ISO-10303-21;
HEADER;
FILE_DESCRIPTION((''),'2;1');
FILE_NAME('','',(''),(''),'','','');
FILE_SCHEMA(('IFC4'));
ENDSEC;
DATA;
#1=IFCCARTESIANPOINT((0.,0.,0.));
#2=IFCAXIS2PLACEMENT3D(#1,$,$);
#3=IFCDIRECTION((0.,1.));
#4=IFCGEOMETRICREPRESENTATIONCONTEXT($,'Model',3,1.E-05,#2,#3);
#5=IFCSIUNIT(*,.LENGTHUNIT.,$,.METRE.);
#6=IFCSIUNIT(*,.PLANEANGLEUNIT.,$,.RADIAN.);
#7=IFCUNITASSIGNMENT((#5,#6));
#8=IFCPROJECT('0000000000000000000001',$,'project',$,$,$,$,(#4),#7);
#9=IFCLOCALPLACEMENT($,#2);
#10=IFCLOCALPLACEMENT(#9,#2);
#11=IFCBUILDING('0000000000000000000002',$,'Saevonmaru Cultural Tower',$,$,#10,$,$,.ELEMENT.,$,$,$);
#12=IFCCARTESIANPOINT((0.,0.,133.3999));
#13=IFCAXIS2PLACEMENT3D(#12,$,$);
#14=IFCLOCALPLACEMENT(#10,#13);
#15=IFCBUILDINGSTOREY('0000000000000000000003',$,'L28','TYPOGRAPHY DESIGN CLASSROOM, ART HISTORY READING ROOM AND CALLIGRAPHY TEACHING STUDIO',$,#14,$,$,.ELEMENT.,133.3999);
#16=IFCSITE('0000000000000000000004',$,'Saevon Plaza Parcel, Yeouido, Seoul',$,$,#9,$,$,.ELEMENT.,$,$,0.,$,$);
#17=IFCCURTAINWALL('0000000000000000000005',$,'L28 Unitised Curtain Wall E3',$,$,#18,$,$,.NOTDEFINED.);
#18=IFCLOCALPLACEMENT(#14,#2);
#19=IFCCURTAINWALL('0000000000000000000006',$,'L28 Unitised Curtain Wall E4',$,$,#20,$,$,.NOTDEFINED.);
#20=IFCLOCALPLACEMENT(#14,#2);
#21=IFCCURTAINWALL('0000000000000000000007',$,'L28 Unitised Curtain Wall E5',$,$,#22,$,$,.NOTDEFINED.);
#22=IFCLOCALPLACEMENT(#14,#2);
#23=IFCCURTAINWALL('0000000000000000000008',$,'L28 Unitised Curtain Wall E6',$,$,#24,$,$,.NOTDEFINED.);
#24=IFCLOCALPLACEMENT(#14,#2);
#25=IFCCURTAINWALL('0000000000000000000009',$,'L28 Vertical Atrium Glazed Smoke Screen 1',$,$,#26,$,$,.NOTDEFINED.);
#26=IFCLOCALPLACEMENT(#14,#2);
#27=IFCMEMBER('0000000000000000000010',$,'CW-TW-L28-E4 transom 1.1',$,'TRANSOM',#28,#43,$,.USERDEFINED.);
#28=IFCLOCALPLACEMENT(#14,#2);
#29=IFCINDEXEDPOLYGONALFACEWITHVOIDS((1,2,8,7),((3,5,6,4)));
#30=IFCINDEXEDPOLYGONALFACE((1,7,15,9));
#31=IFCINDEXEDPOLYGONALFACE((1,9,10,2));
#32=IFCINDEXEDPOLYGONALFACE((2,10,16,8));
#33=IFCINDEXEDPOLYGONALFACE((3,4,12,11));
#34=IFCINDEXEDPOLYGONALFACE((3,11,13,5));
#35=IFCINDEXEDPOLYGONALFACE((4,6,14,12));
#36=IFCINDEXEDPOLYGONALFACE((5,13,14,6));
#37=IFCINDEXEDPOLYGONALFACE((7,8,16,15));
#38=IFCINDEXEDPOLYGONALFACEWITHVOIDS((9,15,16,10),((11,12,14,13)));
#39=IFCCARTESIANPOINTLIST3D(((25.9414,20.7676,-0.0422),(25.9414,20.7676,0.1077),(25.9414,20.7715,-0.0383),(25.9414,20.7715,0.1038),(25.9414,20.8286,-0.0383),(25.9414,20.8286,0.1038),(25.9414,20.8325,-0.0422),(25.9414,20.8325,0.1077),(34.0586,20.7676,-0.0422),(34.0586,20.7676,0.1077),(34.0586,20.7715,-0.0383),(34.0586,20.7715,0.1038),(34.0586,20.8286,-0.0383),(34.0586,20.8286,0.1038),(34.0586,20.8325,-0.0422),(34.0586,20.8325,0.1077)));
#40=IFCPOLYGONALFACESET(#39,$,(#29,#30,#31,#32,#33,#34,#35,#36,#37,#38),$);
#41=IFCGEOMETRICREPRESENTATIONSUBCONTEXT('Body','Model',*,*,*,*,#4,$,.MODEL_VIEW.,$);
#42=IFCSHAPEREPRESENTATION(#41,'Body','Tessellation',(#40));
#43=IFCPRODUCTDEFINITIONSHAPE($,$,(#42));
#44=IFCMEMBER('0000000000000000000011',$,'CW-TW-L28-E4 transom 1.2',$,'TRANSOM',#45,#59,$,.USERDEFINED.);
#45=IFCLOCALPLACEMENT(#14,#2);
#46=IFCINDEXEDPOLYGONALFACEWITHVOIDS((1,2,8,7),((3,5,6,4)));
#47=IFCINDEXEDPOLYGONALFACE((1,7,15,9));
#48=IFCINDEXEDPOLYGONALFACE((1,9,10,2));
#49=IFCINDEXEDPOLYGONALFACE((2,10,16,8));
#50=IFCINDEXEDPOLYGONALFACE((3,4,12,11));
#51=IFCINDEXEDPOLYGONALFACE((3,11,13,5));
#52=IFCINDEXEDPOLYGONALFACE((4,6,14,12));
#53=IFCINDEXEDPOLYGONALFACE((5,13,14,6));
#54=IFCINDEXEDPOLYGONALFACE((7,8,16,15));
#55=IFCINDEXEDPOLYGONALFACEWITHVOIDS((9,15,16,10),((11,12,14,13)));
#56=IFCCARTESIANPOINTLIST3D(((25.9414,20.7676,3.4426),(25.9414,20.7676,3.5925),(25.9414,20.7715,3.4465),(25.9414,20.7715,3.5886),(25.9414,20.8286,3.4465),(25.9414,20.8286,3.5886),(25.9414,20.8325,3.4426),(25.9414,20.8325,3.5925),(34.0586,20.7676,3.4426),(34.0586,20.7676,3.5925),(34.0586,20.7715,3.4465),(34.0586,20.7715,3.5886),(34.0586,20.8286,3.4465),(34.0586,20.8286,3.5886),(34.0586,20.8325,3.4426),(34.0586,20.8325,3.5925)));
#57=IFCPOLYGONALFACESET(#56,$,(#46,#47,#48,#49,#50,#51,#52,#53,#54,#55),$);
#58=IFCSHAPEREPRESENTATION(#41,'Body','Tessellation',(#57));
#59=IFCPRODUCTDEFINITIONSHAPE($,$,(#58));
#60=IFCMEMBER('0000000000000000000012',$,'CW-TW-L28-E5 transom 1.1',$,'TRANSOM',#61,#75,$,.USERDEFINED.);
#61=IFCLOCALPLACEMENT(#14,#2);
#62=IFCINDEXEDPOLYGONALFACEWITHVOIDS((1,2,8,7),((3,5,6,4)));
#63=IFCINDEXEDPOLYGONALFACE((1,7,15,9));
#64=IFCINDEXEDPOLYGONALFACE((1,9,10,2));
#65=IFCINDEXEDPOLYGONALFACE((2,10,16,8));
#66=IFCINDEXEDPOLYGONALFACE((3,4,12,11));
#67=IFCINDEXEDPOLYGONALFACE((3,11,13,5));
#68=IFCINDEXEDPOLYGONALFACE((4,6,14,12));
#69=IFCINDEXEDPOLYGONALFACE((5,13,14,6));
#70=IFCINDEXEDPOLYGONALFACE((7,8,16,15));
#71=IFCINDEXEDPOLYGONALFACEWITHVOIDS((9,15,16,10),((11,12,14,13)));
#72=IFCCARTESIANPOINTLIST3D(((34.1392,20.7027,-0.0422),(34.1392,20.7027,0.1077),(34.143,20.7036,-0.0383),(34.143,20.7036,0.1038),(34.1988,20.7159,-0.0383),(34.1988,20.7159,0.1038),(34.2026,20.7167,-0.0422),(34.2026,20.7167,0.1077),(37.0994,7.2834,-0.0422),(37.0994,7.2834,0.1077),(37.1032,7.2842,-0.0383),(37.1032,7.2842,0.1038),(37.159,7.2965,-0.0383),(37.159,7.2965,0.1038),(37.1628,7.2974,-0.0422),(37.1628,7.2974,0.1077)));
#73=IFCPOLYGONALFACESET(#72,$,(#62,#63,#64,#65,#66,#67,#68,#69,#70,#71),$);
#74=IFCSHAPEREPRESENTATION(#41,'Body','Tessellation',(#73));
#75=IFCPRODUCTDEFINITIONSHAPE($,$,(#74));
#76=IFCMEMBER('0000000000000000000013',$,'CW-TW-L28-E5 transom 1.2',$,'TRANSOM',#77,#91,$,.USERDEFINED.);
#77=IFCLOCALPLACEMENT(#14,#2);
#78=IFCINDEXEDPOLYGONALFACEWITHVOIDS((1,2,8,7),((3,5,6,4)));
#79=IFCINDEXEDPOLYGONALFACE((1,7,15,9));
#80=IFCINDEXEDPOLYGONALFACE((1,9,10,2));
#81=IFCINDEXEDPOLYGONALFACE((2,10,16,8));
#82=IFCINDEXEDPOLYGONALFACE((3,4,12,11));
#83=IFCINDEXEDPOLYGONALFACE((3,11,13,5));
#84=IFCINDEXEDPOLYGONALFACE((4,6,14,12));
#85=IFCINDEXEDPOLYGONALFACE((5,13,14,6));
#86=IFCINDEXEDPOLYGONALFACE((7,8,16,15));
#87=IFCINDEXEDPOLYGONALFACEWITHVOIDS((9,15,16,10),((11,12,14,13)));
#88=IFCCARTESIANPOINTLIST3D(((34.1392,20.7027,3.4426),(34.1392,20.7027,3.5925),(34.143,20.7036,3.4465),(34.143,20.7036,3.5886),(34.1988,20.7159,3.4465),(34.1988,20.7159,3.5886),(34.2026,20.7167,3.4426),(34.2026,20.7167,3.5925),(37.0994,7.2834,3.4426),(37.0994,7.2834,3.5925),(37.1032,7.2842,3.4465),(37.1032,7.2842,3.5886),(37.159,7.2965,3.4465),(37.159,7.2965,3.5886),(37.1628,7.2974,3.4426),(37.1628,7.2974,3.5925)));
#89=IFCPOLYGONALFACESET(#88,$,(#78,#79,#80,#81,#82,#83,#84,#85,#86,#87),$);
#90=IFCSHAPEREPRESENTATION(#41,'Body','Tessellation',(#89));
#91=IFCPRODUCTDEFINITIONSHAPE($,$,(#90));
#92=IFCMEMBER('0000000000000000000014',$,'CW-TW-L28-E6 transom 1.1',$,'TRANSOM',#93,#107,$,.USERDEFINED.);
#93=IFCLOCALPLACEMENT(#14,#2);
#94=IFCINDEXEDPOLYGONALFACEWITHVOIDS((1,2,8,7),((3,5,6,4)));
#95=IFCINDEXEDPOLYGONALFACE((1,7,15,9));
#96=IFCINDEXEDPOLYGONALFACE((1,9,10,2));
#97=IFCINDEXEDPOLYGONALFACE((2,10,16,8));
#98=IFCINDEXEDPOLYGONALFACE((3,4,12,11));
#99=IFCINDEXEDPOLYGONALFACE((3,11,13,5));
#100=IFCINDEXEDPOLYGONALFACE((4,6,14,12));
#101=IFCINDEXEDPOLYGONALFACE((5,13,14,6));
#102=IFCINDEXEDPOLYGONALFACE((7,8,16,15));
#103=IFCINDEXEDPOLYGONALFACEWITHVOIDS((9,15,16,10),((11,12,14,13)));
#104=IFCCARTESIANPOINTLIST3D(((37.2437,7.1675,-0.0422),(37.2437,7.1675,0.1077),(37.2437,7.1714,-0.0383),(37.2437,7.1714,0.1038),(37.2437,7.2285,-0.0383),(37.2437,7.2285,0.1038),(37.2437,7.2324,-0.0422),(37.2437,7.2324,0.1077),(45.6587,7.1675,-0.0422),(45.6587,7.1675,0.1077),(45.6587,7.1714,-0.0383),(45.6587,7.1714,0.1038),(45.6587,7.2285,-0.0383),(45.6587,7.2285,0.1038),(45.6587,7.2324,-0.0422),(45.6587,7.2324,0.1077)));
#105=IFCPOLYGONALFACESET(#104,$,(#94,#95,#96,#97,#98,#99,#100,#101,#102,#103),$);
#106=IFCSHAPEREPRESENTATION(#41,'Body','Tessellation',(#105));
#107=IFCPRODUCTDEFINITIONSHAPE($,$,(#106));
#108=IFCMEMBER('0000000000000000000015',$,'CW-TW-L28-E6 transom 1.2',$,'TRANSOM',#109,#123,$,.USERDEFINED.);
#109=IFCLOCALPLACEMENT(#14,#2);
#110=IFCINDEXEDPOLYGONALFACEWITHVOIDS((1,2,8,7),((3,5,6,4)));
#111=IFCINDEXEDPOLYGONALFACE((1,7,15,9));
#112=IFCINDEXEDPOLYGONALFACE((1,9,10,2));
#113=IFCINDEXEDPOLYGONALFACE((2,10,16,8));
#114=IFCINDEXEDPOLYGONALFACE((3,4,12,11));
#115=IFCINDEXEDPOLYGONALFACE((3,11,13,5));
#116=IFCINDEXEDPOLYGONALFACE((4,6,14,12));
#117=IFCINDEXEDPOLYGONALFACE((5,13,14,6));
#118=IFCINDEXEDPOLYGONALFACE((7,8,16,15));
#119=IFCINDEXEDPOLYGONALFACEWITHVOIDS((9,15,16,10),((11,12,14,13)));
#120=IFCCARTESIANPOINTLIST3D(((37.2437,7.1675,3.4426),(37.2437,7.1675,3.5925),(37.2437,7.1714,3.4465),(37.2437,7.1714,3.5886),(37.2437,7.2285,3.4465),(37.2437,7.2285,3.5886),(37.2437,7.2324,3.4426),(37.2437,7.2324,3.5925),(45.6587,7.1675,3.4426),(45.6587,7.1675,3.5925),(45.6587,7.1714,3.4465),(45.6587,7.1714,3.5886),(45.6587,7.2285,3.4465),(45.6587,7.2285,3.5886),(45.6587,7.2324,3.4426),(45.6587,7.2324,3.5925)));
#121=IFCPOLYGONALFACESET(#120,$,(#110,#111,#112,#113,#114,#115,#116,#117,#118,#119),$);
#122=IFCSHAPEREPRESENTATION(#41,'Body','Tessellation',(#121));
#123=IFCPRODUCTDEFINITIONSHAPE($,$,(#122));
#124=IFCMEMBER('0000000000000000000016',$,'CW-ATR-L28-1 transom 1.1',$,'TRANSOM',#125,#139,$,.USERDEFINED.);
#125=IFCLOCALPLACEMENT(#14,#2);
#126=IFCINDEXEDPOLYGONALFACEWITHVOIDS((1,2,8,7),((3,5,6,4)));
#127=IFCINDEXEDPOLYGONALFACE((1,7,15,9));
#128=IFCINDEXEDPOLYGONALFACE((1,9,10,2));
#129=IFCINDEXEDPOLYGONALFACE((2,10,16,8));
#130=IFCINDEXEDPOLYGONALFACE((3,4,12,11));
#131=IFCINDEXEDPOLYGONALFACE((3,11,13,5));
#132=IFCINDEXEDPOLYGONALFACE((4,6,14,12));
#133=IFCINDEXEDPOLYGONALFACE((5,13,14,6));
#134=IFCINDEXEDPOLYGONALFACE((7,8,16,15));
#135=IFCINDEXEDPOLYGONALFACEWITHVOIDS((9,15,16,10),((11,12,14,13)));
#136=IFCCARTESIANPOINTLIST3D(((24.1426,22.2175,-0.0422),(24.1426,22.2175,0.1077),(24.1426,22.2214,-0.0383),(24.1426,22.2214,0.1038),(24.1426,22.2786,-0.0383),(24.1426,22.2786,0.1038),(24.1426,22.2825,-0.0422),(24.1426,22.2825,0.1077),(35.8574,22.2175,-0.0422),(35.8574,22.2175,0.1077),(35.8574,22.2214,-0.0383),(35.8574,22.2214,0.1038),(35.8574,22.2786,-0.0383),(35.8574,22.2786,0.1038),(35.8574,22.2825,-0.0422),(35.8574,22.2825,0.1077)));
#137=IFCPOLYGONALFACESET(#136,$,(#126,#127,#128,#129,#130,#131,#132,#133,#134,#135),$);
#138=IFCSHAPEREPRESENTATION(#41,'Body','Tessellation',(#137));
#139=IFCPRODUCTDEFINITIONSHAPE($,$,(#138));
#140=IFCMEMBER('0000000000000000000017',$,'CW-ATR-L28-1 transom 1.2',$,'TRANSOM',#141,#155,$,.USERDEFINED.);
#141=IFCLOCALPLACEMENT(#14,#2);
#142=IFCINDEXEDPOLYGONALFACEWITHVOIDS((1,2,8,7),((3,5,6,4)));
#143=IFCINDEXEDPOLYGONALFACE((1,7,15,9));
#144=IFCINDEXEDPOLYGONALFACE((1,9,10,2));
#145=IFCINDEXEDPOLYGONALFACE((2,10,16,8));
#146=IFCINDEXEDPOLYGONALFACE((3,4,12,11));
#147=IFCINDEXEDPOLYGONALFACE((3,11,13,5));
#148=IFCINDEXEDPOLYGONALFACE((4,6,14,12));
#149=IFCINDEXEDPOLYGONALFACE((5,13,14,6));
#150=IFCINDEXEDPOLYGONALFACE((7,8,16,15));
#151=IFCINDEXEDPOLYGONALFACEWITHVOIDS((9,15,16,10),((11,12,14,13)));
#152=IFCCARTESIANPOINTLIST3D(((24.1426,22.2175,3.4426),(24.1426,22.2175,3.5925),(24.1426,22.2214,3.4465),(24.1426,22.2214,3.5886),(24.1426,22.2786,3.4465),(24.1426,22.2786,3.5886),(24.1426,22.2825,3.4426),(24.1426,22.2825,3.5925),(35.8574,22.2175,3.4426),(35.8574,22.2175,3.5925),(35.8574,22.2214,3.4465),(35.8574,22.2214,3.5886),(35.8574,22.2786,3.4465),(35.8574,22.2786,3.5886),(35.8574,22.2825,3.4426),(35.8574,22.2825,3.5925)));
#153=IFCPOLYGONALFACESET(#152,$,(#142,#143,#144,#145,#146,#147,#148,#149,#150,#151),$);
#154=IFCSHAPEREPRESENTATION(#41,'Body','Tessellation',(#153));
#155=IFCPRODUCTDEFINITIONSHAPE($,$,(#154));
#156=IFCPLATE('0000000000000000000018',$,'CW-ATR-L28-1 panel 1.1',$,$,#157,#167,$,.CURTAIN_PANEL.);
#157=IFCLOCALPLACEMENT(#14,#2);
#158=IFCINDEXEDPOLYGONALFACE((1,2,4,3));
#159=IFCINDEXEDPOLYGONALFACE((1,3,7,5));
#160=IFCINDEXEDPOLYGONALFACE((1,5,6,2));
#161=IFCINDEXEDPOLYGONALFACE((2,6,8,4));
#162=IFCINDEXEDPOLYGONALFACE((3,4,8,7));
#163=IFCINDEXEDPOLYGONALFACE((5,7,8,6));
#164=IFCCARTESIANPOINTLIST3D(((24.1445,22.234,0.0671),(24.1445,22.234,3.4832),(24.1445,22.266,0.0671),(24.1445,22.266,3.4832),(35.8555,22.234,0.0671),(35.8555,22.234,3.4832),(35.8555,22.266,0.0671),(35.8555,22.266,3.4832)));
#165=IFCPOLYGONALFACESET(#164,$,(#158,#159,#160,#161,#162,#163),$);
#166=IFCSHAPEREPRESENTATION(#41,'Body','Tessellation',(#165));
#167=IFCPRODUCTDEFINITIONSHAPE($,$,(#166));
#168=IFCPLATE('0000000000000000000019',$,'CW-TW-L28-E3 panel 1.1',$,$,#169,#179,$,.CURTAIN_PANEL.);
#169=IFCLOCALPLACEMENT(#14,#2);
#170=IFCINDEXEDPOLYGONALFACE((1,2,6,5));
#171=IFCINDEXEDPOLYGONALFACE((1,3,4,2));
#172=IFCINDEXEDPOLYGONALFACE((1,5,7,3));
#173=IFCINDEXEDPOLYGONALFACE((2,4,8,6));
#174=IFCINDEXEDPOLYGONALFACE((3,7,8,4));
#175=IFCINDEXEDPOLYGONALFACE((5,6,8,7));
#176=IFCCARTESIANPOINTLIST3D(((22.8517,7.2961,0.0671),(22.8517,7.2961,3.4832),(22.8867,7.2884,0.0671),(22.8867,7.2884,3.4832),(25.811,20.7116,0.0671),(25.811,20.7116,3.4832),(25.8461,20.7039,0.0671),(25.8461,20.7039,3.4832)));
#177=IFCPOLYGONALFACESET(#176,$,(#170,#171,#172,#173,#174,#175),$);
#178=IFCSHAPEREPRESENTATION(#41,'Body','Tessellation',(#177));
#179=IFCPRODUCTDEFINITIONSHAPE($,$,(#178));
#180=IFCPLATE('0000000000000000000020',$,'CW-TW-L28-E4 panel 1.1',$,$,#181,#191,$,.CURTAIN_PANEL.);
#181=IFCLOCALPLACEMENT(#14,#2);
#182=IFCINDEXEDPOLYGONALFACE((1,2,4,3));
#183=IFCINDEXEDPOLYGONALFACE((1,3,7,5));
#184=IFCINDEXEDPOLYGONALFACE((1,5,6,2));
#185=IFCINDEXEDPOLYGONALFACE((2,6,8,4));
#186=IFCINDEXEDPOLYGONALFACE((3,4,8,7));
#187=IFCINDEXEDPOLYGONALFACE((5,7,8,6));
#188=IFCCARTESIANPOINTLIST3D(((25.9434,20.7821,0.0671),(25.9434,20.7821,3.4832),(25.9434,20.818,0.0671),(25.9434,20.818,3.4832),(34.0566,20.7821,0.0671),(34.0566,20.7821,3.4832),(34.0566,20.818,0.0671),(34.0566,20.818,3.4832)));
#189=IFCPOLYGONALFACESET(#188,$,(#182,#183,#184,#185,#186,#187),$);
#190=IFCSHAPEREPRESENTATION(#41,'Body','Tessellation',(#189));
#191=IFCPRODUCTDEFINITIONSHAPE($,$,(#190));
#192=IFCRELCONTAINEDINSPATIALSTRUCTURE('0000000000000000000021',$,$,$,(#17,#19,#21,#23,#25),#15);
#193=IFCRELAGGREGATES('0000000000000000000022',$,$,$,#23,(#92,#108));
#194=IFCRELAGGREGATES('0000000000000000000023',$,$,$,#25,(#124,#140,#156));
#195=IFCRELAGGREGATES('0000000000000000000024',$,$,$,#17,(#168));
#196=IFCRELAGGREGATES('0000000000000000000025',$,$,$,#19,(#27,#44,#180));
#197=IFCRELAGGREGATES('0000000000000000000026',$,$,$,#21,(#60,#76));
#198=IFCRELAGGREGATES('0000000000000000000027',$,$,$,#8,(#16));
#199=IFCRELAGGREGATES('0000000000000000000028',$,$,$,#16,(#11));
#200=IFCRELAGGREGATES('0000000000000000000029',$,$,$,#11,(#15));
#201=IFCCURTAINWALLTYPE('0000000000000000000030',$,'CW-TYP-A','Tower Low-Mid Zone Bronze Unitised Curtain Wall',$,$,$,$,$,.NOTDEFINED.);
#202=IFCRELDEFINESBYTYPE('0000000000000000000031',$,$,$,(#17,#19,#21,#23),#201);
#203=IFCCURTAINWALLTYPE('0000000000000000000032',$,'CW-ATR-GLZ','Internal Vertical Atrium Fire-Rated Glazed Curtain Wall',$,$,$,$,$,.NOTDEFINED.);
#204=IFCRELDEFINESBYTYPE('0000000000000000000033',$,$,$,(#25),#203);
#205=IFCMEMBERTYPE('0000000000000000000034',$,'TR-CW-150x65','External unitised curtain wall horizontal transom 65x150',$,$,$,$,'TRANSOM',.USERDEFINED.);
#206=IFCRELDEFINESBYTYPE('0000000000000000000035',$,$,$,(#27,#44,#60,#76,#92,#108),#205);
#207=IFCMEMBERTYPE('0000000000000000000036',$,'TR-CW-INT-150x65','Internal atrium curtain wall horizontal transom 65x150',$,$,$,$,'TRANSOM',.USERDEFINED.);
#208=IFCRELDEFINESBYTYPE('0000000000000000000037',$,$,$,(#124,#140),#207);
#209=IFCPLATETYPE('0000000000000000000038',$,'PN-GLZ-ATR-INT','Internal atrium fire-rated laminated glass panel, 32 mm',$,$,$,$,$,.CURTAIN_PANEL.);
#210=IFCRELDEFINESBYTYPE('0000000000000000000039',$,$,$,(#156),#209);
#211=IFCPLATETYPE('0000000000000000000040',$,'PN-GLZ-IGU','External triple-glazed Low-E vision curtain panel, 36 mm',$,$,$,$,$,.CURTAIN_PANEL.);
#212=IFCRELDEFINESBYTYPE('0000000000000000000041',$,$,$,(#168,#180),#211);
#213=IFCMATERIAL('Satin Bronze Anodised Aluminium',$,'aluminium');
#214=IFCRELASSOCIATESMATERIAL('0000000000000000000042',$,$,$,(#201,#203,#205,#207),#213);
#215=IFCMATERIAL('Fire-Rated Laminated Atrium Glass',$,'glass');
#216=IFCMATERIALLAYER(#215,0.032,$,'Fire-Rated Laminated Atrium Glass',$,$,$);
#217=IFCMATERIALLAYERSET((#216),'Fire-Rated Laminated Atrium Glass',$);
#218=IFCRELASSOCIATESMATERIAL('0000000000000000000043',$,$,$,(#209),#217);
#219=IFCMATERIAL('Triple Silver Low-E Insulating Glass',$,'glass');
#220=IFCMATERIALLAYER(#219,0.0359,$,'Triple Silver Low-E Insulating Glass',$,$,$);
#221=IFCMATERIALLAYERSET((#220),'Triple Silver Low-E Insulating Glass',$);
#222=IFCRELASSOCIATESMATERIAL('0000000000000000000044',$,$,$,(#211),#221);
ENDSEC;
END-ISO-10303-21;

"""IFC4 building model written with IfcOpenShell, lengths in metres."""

from ifc_helpers import new_model, si_unit, direction, frame, origin, origin_2d, place, context, subcontext, project, spatial, rectangle, hollow_rectangle, extrude, material, layer, layer_set, material_profile, profile_set, type_object, element, aggregate, save


model = new_model("IFC4")

# Units and contexts
model_context = context("Model", 3, precision=1e-05, world=origin(), true_north=direction((0.0, 1.0)))
body_context = subcontext(model_context, "Body", "Model", "MODEL_VIEW")
ifc_project = project(units=[si_unit("LENGTHUNIT", "METRE"), si_unit("PLANEANGLEUNIT", "RADIAN")], contexts=[model_context])

# Site, building, storey
site_placement = place(None, origin())
site = spatial("IfcSite", under=ifc_project, at=site_placement, Name="Saevon Plaza Parcel, Yeouido, Seoul", CompositionType="ELEMENT", RefElevation=0.0)
building_placement = place(site_placement, origin())
building = spatial("IfcBuilding", under=site, at=building_placement, Name="Saevonmaru Cultural Tower", CompositionType="ELEMENT")
storey_placement = place(building_placement, frame((0.0, 0.0, 133.3999)))
storey = spatial("IfcBuildingStorey", under=building, at=storey_placement, Name="L28", Description="TYPOGRAPHY DESIGN CLASSROOM, ART HISTORY READING ROOM AND CALLIGRAPHY TEACHING STUDIO", CompositionType="ELEMENT", Elevation=133.3999)

# Curtain wall
ifc_material_1 = material(Name="Satin Bronze Anodised Aluminium", Category="aluminium")
curtain_wall_type_1 = type_object("IfcCurtainWallType", Name="CW-TYP-A", Description="Tower Low-Mid Zone Bronze Unitised Curtain Wall", PredefinedType="NOTDEFINED", material=ifc_material_1)
curtain_wall_1_placement = place(storey_placement, origin())
curtain_wall_1 = element("IfcCurtainWall", 1, at=curtain_wall_1_placement, inside=storey, type_object=curtain_wall_type_1, Name="L28 Unitised Curtain Wall E3", PredefinedType="NOTDEFINED")

# Curtain walls
curtain_wall_2_placement = place(storey_placement, origin())
curtain_wall_2 = element("IfcCurtainWall", 2, at=curtain_wall_2_placement, inside=storey, type_object=curtain_wall_type_1, Name="L28 Unitised Curtain Wall E4", PredefinedType="NOTDEFINED")
curtain_wall_3_placement = place(storey_placement, origin())
curtain_wall_3 = element("IfcCurtainWall", 3, at=curtain_wall_3_placement, inside=storey, type_object=curtain_wall_type_1, Name="L28 Unitised Curtain Wall E5", PredefinedType="NOTDEFINED")

# Curtain walls
curtain_wall_4_placement = place(storey_placement, origin())
curtain_wall_4 = element("IfcCurtainWall", 4, at=curtain_wall_4_placement, inside=storey, type_object=curtain_wall_type_1, Name="L28 Unitised Curtain Wall E6", PredefinedType="NOTDEFINED")
curtain_wall_type_2 = type_object("IfcCurtainWallType", Name="CW-ATR-GLZ", Description="Internal Vertical Atrium Fire-Rated Glazed Curtain Wall", PredefinedType="NOTDEFINED", material=ifc_material_1)
curtain_wall_5_placement = place(storey_placement, origin())
curtain_wall_5 = element("IfcCurtainWall", 5, at=curtain_wall_5_placement, inside=storey, type_object=curtain_wall_type_2, Name="L28 Vertical Atrium Glazed Smoke Screen 1", PredefinedType="NOTDEFINED")

# Members
ifc_material_profile_1 = material_profile(ifc_material_1, hollow_rectangle(XDim=0.0649, YDim=0.1499, WallThickness=0.0039, at=origin_2d()), Name="ALU-TRAN-150x65x4")
ifc_profile_set_1 = profile_set([ifc_material_profile_1], Name="Satin Bronze Anodised Aluminium")
member_type_1 = type_object("IfcMemberType", Name="TR-CW-150x65", Description="External unitised curtain wall horizontal transom 65x150", ElementType="TRANSOM", PredefinedType="USERDEFINED", material=ifc_profile_set_1)
member_1_placement = place(storey_placement, frame((25.9414, 20.8, 0.0327), z_axis=(1.0, 0.0, 0.0), x_axis=(0.0, 1.0, 0.0)))
member_1 = element("IfcMember", 6, at=member_1_placement, type_object=member_type_1, Name="CW-TW-L28-E4 transom 1.1", ObjectType="TRANSOM", PredefinedType="USERDEFINED", context=body_context, shape_type="SweptSolid", body=[
    extrude(hollow_rectangle(XDim=0.0649, YDim=0.1499, WallThickness=0.0039, at=origin_2d()), origin(), (0.0, 0.0, 1.0), 8.1172),
])
member_2_placement = place(storey_placement, frame((25.9414, 20.8, 3.5176), z_axis=(1.0, 0.0, 0.0), x_axis=(0.0, 1.0, 0.0)))
member_2 = element("IfcMember", 7, at=member_2_placement, type_object=member_type_1, Name="CW-TW-L28-E4 transom 1.2", ObjectType="TRANSOM", PredefinedType="USERDEFINED", context=body_context, shape_type="SweptSolid", body=[
    extrude(hollow_rectangle(XDim=0.0649, YDim=0.1499, WallThickness=0.0039, at=origin_2d()), origin(), (0.0, 0.0, 1.0), 8.1172),
])
member_3_placement = place(storey_placement, frame((34.1709, 20.7097, 0.0327), z_axis=(0.215412, -0.976523, 0.0), x_axis=(0.976523, 0.215412, 0.0)))
member_3 = element("IfcMember", 8, at=member_3_placement, type_object=member_type_1, Name="CW-TW-L28-E5 transom 1.1", ObjectType="TRANSOM", PredefinedType="USERDEFINED", context=body_context, shape_type="SweptSolid", body=[
    extrude(hollow_rectangle(XDim=0.0649, YDim=0.1499, WallThickness=0.0039, at=origin_2d()), origin(), (0.0, 0.0, 1.0), 13.7419),
])
member_4_placement = place(storey_placement, frame((34.1709, 20.7097, 3.5176), z_axis=(0.215412, -0.976523, 0.0), x_axis=(0.976523, 0.215412, 0.0)))
member_4 = element("IfcMember", 9, at=member_4_placement, type_object=member_type_1, Name="CW-TW-L28-E5 transom 1.2", ObjectType="TRANSOM", PredefinedType="USERDEFINED", context=body_context, shape_type="SweptSolid", body=[
    extrude(hollow_rectangle(XDim=0.0649, YDim=0.1499, WallThickness=0.0039, at=origin_2d()), origin(), (0.0, 0.0, 1.0), 13.7419),
])
member_5_placement = place(storey_placement, frame((37.2437, 7.2, 0.0327), z_axis=(1.0, 0.0, 0.0), x_axis=(0.0, 1.0, 0.0)))
member_5 = element("IfcMember", 10, at=member_5_placement, type_object=member_type_1, Name="CW-TW-L28-E6 transom 1.1", ObjectType="TRANSOM", PredefinedType="USERDEFINED", context=body_context, shape_type="SweptSolid", body=[
    extrude(hollow_rectangle(XDim=0.0649, YDim=0.1499, WallThickness=0.0039, at=origin_2d()), origin(), (0.0, 0.0, 1.0), 8.415),
])
member_6_placement = place(storey_placement, frame((37.2437, 7.2, 3.5176), z_axis=(1.0, 0.0, 0.0), x_axis=(0.0, 1.0, 0.0)))
member_6 = element("IfcMember", 11, at=member_6_placement, type_object=member_type_1, Name="CW-TW-L28-E6 transom 1.2", ObjectType="TRANSOM", PredefinedType="USERDEFINED", context=body_context, shape_type="SweptSolid", body=[
    extrude(hollow_rectangle(XDim=0.0649, YDim=0.1499, WallThickness=0.0039, at=origin_2d()), origin(), (0.0, 0.0, 1.0), 8.415),
])
aggregate(curtain_wall_4, [member_5, member_6])
ifc_material_profile_2 = material_profile(ifc_material_1, hollow_rectangle(XDim=0.0649, YDim=0.1499, WallThickness=0.0039, at=origin_2d()), Name="ALU-TRAN-150x65x4")
ifc_profile_set_2 = profile_set([ifc_material_profile_2], Name="Satin Bronze Anodised Aluminium")
member_type_2 = type_object("IfcMemberType", Name="TR-CW-INT-150x65", Description="Internal atrium curtain wall horizontal transom 65x150", ElementType="TRANSOM", PredefinedType="USERDEFINED", material=ifc_profile_set_2)
member_7_placement = place(storey_placement, frame((24.1426, 22.25, 0.0327), z_axis=(1.0, 0.0, 0.0), x_axis=(0.0, 1.0, 0.0)))
member_7 = element("IfcMember", 12, at=member_7_placement, type_object=member_type_2, Name="CW-ATR-L28-1 transom 1.1", ObjectType="TRANSOM", PredefinedType="USERDEFINED", context=body_context, shape_type="SweptSolid", body=[
    extrude(hollow_rectangle(XDim=0.0649, YDim=0.1499, WallThickness=0.0039, at=origin_2d()), origin(), (0.0, 0.0, 1.0), 11.7148),
])
member_8_placement = place(storey_placement, frame((24.1426, 22.25, 3.5176), z_axis=(1.0, 0.0, 0.0), x_axis=(0.0, 1.0, 0.0)))
member_8 = element("IfcMember", 13, at=member_8_placement, type_object=member_type_2, Name="CW-ATR-L28-1 transom 1.2", ObjectType="TRANSOM", PredefinedType="USERDEFINED", context=body_context, shape_type="SweptSolid", body=[
    extrude(hollow_rectangle(XDim=0.0649, YDim=0.1499, WallThickness=0.0039, at=origin_2d()), origin(), (0.0, 0.0, 1.0), 11.7148),
])

# Plates
ifc_material_2 = material(Name="Fire-Rated Laminated Atrium Glass", Category="glass")
ifc_layer_1 = layer(ifc_material_2, 0.032, Name="Fire-Rated Laminated Atrium Glass")
ifc_layer_set_1 = layer_set([ifc_layer_1], Name="Fire-Rated Laminated Atrium Glass")
plate_type_1 = type_object("IfcPlateType", Name="PN-GLZ-ATR-INT", Description="Internal atrium fire-rated laminated glass panel, 32 mm", PredefinedType="CURTAIN_PANEL", material=ifc_layer_set_1)
plate_1_placement = place(storey_placement, frame((30.0, 22.25, 0.0671), z_axis=(0.0, 0.0, 1.0), x_axis=(1.0, 0.0, 0.0)))
plate_1 = element("IfcPlate", 14, at=plate_1_placement, type_object=plate_type_1, Name="CW-ATR-L28-1 panel 1.1", PredefinedType="CURTAIN_PANEL", context=body_context, shape_type="SweptSolid", body=[
    extrude(rectangle(XDim=11.7109, YDim=0.032, at=origin_2d()), origin(), (0.0, 0.0, 1.0), 3.416),
])
aggregate(curtain_wall_5, [member_7, member_8, plate_1])
ifc_material_3 = material(Name="Triple Silver Low-E Insulating Glass", Category="glass")
ifc_layer_2 = layer(ifc_material_3, 0.0359, Name="Triple Silver Low-E Insulating Glass")
ifc_layer_set_2 = layer_set([ifc_layer_2], Name="Triple Silver Low-E Insulating Glass")
plate_type_2 = type_object("IfcPlateType", Name="PN-GLZ-IGU", Description="External triple-glazed Low-E vision curtain panel, 36 mm", PredefinedType="CURTAIN_PANEL", material=ifc_layer_set_2)
plate_2_placement = place(storey_placement, frame((24.3489, 14.0, 0.0671), z_axis=(0.0, 0.0, 1.0), x_axis=(0.215413, 0.976523, 0.0)))
plate_2 = element("IfcPlate", 15, at=plate_2_placement, type_object=plate_type_2, Name="CW-TW-L28-E3 panel 1.1", PredefinedType="CURTAIN_PANEL", context=body_context, shape_type="SweptSolid", body=[
    extrude(rectangle(XDim=13.738, YDim=0.0359, at=origin_2d()), origin(), (0.0, 0.0, 1.0), 3.416),
])
aggregate(curtain_wall_1, [plate_2])
plate_3_placement = place(storey_placement, frame((30.0, 20.8, 0.0671), z_axis=(0.0, 0.0, 1.0), x_axis=(1.0, 0.0, 0.0)))
plate_3 = element("IfcPlate", 16, at=plate_3_placement, type_object=plate_type_2, Name="CW-TW-L28-E4 panel 1.1", PredefinedType="CURTAIN_PANEL", context=body_context, shape_type="SweptSolid", body=[
    extrude(rectangle(XDim=8.1133, YDim=0.0359, at=origin_2d()), origin(), (0.0, 0.0, 1.0), 3.416),
])
aggregate(curtain_wall_2, [member_1, member_2, plate_3])
aggregate(curtain_wall_3, [member_3, member_4])

save(model, "model.ifc")
